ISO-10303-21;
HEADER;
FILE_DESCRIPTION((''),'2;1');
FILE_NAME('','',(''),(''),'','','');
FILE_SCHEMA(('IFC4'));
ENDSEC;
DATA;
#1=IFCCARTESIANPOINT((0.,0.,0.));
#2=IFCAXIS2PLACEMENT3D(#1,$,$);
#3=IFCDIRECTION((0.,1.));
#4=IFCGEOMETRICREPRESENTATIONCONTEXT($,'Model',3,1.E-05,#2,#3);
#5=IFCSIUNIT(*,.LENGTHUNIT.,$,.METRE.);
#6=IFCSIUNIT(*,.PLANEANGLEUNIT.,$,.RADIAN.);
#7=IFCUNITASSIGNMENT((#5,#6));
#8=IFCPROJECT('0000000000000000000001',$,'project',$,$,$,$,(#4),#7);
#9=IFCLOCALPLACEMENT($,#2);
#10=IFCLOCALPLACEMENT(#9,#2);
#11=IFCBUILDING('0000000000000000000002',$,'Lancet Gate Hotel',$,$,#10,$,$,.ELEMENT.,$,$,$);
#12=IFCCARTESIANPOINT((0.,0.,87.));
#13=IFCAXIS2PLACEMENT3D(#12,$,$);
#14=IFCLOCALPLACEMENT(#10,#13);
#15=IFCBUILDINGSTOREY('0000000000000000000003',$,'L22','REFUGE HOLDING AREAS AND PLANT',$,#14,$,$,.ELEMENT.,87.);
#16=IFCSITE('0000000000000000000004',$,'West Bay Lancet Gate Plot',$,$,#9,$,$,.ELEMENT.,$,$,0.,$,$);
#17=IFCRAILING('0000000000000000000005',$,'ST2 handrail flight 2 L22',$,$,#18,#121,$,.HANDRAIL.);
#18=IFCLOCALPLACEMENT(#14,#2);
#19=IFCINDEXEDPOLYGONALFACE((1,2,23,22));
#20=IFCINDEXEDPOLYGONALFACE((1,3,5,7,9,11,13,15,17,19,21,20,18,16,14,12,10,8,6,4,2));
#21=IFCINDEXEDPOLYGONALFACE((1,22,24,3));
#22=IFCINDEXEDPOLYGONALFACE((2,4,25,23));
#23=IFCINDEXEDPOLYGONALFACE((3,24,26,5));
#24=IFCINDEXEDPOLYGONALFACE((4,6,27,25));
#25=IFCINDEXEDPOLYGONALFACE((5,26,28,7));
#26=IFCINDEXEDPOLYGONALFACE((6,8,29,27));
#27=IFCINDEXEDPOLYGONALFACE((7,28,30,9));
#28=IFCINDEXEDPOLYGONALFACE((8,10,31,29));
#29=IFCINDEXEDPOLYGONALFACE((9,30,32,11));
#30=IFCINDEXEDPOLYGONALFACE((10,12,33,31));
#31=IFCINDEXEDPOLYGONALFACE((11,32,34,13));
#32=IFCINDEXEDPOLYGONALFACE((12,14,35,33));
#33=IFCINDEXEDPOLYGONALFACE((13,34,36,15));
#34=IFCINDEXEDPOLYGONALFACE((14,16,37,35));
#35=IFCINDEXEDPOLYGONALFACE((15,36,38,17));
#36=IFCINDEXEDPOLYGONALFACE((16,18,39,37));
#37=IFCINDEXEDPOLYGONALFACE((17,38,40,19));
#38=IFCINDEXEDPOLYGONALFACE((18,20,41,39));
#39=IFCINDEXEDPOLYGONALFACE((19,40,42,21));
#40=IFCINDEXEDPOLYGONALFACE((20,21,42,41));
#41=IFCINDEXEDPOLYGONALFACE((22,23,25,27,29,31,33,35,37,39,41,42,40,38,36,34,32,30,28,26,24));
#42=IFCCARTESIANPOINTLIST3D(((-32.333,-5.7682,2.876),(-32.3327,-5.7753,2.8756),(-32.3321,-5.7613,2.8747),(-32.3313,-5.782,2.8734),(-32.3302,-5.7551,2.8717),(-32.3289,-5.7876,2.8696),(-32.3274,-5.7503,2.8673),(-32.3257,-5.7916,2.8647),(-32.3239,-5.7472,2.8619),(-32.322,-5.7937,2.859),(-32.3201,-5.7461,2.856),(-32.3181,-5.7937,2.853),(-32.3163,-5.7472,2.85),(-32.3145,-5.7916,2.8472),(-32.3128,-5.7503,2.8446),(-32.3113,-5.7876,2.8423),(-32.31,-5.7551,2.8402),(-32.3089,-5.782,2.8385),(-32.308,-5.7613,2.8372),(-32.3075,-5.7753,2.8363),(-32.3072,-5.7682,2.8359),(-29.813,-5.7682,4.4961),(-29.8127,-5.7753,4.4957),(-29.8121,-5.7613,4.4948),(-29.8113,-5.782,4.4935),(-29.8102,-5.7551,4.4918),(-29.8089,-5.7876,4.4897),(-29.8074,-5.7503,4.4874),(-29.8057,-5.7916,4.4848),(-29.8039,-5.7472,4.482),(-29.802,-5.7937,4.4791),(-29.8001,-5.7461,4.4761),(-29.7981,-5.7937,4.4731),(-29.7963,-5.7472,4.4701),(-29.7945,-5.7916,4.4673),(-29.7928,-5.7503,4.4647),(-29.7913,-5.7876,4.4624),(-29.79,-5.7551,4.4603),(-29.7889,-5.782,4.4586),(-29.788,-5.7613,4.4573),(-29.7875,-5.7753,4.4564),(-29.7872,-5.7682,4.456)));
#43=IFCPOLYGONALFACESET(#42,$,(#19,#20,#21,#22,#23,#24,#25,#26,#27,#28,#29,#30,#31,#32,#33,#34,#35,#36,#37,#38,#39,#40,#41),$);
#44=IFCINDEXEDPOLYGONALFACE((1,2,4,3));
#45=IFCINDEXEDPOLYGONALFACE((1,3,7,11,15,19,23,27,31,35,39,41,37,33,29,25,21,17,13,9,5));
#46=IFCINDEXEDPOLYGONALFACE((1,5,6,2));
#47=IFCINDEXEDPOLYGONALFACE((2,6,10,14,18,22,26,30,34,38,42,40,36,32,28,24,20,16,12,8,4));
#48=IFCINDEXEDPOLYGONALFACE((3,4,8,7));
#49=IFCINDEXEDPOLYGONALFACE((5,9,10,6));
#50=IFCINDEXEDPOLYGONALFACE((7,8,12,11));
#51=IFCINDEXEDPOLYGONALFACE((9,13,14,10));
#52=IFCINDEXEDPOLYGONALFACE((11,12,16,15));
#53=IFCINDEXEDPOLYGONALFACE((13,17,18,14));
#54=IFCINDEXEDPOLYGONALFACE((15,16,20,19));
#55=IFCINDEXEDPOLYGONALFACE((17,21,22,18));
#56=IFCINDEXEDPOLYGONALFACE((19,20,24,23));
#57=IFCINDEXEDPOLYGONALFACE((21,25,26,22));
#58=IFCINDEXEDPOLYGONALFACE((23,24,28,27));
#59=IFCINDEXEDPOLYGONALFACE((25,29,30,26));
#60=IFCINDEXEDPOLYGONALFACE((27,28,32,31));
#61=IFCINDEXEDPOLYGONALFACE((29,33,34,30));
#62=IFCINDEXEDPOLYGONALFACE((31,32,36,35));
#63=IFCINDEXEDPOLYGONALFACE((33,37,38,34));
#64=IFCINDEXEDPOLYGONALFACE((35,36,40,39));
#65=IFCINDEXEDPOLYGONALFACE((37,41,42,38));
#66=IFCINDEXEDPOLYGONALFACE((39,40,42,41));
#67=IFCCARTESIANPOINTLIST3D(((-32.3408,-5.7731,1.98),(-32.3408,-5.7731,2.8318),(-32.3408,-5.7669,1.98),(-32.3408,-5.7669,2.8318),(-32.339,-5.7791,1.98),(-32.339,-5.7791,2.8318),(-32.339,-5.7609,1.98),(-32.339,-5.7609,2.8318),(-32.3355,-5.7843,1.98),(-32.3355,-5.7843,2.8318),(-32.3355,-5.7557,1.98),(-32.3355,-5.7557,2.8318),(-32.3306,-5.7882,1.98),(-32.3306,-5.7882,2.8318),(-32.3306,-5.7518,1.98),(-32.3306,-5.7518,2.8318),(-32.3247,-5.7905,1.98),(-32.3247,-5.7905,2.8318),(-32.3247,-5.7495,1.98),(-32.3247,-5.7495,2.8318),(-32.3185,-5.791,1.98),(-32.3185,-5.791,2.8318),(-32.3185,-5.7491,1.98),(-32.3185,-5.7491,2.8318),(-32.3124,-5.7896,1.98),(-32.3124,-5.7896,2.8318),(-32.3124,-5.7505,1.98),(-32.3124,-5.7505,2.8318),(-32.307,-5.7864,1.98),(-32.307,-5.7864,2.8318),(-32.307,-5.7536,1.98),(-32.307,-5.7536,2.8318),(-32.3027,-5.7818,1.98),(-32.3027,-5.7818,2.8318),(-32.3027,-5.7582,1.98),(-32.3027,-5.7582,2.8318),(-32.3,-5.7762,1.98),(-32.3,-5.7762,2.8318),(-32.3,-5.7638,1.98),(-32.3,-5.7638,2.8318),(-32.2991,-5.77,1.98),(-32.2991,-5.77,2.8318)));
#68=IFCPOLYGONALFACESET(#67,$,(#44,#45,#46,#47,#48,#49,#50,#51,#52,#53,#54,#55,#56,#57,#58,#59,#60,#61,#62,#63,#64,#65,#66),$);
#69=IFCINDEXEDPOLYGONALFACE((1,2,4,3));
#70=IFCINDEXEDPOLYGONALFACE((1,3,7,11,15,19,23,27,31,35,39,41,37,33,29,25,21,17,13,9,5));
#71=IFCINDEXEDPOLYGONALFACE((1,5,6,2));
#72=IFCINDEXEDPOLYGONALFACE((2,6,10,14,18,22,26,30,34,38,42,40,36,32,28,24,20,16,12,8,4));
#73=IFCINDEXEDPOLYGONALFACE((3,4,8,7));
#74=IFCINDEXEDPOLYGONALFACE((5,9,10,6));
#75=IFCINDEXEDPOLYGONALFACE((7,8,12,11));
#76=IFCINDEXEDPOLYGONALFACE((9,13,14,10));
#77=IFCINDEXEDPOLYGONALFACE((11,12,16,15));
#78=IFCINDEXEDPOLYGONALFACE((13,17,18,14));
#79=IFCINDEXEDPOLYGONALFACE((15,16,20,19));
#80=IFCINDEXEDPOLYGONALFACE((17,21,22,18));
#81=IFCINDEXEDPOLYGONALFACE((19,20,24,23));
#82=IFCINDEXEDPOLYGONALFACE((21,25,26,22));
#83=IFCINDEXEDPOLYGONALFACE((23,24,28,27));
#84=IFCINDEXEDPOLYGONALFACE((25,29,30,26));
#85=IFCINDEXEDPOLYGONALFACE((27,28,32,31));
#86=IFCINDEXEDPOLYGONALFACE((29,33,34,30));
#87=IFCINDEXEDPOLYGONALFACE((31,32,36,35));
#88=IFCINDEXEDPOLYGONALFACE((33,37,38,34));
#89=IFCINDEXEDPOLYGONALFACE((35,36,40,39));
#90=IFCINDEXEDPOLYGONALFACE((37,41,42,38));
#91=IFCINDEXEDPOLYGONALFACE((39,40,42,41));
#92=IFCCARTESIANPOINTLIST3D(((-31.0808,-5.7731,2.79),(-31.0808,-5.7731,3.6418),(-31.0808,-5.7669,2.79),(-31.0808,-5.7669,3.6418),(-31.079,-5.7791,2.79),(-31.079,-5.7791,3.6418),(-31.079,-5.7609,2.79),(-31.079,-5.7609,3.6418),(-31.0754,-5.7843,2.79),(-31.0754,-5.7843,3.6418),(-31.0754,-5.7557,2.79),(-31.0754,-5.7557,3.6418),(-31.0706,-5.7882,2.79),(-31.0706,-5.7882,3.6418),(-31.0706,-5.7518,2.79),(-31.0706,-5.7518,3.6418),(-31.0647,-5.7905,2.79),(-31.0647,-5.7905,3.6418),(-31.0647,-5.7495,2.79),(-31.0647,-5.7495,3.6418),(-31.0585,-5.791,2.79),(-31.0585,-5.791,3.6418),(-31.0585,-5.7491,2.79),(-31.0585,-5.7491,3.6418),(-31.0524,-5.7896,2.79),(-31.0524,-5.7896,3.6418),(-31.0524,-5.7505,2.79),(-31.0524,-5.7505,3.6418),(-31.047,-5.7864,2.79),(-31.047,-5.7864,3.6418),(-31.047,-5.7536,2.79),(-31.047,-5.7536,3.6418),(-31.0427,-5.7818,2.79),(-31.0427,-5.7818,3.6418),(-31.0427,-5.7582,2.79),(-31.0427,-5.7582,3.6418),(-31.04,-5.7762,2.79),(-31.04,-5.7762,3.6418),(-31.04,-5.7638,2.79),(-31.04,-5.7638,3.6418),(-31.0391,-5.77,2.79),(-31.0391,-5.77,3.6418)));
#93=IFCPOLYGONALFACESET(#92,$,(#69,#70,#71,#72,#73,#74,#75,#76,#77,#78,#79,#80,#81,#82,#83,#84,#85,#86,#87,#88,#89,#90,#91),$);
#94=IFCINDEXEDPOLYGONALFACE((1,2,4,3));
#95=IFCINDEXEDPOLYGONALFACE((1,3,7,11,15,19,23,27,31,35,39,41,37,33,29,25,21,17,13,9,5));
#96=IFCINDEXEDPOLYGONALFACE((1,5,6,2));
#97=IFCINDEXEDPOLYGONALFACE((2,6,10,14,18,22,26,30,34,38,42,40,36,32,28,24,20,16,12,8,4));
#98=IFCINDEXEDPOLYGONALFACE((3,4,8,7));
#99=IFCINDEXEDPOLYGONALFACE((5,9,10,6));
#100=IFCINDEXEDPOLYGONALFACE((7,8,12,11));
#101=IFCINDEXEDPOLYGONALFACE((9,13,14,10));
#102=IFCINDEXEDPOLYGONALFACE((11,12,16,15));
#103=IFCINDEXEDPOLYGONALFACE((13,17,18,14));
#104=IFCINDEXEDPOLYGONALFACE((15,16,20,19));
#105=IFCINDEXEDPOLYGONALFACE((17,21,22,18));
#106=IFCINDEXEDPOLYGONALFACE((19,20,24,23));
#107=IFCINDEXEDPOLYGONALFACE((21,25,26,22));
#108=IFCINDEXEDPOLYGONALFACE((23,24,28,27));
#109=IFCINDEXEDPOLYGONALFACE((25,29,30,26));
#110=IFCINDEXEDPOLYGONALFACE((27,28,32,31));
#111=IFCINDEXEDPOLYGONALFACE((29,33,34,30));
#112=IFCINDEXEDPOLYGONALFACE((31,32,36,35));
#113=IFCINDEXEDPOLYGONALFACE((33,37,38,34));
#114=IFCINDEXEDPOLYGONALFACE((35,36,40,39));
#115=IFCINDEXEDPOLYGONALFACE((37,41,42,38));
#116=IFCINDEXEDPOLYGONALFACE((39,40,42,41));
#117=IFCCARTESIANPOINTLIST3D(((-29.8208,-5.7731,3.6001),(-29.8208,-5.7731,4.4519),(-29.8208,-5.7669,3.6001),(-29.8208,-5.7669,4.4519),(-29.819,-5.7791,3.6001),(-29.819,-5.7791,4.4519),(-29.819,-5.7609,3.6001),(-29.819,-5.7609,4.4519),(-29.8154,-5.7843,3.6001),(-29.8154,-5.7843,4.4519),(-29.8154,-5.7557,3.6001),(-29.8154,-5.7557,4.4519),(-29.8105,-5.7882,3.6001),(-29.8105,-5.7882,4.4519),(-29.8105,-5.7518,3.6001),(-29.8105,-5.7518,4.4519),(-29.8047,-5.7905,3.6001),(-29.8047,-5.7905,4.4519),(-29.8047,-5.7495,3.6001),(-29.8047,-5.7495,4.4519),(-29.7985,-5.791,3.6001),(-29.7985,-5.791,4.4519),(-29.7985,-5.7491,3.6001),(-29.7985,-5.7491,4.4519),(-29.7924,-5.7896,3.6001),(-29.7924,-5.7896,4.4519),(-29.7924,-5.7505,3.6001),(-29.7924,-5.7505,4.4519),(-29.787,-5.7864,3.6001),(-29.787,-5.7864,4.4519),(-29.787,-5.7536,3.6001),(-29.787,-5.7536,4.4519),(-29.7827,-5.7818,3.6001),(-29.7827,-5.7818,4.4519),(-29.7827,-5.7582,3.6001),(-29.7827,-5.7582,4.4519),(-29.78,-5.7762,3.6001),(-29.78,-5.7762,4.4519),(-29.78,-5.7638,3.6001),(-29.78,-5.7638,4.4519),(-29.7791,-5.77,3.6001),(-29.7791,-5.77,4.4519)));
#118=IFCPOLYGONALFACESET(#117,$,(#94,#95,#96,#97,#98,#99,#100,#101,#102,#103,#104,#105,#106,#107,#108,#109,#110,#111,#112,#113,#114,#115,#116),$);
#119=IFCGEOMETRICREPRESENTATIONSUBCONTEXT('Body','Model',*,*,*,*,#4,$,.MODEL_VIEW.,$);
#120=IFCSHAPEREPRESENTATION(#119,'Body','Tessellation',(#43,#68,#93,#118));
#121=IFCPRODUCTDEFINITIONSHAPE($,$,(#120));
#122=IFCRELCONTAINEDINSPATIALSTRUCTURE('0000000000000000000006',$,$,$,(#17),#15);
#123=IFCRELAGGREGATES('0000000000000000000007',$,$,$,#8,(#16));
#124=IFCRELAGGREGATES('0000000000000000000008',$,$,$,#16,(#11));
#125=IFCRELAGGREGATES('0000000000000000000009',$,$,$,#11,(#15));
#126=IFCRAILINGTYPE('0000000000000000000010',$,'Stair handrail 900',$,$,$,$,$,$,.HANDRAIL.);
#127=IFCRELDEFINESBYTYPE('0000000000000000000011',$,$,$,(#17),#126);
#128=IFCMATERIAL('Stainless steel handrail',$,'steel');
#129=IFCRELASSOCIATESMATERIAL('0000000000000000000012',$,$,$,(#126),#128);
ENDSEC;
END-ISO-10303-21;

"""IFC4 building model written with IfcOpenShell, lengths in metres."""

from ifc_helpers import new_model, si_unit, direction, frame, origin, origin_2d, place, context, subcontext, project, spatial, circle, extrude, material, type_object, element, save


model = new_model("IFC4")

# Units and contexts
model_context = context("Model", 3, precision=1e-05, world=origin(), true_north=direction((0.0, 1.0)))
body_context = subcontext(model_context, "Body", "Model", "MODEL_VIEW")
ifc_project = project(units=[si_unit("LENGTHUNIT", "METRE"), si_unit("PLANEANGLEUNIT", "RADIAN")], contexts=[model_context])

# Site, building, storey
site_placement = place(None, origin())
site = spatial("IfcSite", under=ifc_project, at=site_placement, Name="West Bay Lancet Gate Plot", CompositionType="ELEMENT", RefElevation=0.0)
building_placement = place(site_placement, origin())
building = spatial("IfcBuilding", under=site, at=building_placement, Name="Lancet Gate Hotel", CompositionType="ELEMENT")
storey_placement = place(building_placement, frame((0.0, 0.0, 87.0)))
storey = spatial("IfcBuildingStorey", under=building, at=storey_placement, Name="L22", Description="REFUGE HOLDING AREAS AND PLANT", CompositionType="ELEMENT", Elevation=87.0)

# Railing
ifc_material_1 = material(Name="Stainless steel handrail", Category="steel")
railing_type = type_object("IfcRailingType", Name="Stair handrail 900", PredefinedType="HANDRAIL", material=ifc_material_1)
railing_1_placement = place(storey_placement, frame((-32.3201, -5.77, 1.98)))
element("IfcRailing", 1, at=railing_1_placement, inside=storey, type_object=railing_type, Name="ST2 handrail flight 2 L22", PredefinedType="HANDRAIL", context=body_context, shape_type="SweptSolid", body=[
    extrude(circle(Radius=0.0239, at=origin_2d()), frame((0.0, 0.0, 0.876), z_axis=(0.841163, 0.0, 0.540782), x_axis=(0.0, 1.0, 0.0)), (0.0, 0.0, 1.0), 2.9958),
    extrude(circle(Radius=0.021, at=origin_2d()), origin(), (0.0, 0.0, 1.0), 0.8518),
    extrude(circle(Radius=0.021, at=origin_2d()), frame((1.26, 0.0, 0.8101)), (0.0, 0.0, 1.0), 0.8518),
    extrude(circle(Radius=0.021, at=origin_2d()), frame((2.52, 0.0, 1.6201)), (0.0, 0.0, 1.0), 0.8518),
])

save(model, "model.ifc")
